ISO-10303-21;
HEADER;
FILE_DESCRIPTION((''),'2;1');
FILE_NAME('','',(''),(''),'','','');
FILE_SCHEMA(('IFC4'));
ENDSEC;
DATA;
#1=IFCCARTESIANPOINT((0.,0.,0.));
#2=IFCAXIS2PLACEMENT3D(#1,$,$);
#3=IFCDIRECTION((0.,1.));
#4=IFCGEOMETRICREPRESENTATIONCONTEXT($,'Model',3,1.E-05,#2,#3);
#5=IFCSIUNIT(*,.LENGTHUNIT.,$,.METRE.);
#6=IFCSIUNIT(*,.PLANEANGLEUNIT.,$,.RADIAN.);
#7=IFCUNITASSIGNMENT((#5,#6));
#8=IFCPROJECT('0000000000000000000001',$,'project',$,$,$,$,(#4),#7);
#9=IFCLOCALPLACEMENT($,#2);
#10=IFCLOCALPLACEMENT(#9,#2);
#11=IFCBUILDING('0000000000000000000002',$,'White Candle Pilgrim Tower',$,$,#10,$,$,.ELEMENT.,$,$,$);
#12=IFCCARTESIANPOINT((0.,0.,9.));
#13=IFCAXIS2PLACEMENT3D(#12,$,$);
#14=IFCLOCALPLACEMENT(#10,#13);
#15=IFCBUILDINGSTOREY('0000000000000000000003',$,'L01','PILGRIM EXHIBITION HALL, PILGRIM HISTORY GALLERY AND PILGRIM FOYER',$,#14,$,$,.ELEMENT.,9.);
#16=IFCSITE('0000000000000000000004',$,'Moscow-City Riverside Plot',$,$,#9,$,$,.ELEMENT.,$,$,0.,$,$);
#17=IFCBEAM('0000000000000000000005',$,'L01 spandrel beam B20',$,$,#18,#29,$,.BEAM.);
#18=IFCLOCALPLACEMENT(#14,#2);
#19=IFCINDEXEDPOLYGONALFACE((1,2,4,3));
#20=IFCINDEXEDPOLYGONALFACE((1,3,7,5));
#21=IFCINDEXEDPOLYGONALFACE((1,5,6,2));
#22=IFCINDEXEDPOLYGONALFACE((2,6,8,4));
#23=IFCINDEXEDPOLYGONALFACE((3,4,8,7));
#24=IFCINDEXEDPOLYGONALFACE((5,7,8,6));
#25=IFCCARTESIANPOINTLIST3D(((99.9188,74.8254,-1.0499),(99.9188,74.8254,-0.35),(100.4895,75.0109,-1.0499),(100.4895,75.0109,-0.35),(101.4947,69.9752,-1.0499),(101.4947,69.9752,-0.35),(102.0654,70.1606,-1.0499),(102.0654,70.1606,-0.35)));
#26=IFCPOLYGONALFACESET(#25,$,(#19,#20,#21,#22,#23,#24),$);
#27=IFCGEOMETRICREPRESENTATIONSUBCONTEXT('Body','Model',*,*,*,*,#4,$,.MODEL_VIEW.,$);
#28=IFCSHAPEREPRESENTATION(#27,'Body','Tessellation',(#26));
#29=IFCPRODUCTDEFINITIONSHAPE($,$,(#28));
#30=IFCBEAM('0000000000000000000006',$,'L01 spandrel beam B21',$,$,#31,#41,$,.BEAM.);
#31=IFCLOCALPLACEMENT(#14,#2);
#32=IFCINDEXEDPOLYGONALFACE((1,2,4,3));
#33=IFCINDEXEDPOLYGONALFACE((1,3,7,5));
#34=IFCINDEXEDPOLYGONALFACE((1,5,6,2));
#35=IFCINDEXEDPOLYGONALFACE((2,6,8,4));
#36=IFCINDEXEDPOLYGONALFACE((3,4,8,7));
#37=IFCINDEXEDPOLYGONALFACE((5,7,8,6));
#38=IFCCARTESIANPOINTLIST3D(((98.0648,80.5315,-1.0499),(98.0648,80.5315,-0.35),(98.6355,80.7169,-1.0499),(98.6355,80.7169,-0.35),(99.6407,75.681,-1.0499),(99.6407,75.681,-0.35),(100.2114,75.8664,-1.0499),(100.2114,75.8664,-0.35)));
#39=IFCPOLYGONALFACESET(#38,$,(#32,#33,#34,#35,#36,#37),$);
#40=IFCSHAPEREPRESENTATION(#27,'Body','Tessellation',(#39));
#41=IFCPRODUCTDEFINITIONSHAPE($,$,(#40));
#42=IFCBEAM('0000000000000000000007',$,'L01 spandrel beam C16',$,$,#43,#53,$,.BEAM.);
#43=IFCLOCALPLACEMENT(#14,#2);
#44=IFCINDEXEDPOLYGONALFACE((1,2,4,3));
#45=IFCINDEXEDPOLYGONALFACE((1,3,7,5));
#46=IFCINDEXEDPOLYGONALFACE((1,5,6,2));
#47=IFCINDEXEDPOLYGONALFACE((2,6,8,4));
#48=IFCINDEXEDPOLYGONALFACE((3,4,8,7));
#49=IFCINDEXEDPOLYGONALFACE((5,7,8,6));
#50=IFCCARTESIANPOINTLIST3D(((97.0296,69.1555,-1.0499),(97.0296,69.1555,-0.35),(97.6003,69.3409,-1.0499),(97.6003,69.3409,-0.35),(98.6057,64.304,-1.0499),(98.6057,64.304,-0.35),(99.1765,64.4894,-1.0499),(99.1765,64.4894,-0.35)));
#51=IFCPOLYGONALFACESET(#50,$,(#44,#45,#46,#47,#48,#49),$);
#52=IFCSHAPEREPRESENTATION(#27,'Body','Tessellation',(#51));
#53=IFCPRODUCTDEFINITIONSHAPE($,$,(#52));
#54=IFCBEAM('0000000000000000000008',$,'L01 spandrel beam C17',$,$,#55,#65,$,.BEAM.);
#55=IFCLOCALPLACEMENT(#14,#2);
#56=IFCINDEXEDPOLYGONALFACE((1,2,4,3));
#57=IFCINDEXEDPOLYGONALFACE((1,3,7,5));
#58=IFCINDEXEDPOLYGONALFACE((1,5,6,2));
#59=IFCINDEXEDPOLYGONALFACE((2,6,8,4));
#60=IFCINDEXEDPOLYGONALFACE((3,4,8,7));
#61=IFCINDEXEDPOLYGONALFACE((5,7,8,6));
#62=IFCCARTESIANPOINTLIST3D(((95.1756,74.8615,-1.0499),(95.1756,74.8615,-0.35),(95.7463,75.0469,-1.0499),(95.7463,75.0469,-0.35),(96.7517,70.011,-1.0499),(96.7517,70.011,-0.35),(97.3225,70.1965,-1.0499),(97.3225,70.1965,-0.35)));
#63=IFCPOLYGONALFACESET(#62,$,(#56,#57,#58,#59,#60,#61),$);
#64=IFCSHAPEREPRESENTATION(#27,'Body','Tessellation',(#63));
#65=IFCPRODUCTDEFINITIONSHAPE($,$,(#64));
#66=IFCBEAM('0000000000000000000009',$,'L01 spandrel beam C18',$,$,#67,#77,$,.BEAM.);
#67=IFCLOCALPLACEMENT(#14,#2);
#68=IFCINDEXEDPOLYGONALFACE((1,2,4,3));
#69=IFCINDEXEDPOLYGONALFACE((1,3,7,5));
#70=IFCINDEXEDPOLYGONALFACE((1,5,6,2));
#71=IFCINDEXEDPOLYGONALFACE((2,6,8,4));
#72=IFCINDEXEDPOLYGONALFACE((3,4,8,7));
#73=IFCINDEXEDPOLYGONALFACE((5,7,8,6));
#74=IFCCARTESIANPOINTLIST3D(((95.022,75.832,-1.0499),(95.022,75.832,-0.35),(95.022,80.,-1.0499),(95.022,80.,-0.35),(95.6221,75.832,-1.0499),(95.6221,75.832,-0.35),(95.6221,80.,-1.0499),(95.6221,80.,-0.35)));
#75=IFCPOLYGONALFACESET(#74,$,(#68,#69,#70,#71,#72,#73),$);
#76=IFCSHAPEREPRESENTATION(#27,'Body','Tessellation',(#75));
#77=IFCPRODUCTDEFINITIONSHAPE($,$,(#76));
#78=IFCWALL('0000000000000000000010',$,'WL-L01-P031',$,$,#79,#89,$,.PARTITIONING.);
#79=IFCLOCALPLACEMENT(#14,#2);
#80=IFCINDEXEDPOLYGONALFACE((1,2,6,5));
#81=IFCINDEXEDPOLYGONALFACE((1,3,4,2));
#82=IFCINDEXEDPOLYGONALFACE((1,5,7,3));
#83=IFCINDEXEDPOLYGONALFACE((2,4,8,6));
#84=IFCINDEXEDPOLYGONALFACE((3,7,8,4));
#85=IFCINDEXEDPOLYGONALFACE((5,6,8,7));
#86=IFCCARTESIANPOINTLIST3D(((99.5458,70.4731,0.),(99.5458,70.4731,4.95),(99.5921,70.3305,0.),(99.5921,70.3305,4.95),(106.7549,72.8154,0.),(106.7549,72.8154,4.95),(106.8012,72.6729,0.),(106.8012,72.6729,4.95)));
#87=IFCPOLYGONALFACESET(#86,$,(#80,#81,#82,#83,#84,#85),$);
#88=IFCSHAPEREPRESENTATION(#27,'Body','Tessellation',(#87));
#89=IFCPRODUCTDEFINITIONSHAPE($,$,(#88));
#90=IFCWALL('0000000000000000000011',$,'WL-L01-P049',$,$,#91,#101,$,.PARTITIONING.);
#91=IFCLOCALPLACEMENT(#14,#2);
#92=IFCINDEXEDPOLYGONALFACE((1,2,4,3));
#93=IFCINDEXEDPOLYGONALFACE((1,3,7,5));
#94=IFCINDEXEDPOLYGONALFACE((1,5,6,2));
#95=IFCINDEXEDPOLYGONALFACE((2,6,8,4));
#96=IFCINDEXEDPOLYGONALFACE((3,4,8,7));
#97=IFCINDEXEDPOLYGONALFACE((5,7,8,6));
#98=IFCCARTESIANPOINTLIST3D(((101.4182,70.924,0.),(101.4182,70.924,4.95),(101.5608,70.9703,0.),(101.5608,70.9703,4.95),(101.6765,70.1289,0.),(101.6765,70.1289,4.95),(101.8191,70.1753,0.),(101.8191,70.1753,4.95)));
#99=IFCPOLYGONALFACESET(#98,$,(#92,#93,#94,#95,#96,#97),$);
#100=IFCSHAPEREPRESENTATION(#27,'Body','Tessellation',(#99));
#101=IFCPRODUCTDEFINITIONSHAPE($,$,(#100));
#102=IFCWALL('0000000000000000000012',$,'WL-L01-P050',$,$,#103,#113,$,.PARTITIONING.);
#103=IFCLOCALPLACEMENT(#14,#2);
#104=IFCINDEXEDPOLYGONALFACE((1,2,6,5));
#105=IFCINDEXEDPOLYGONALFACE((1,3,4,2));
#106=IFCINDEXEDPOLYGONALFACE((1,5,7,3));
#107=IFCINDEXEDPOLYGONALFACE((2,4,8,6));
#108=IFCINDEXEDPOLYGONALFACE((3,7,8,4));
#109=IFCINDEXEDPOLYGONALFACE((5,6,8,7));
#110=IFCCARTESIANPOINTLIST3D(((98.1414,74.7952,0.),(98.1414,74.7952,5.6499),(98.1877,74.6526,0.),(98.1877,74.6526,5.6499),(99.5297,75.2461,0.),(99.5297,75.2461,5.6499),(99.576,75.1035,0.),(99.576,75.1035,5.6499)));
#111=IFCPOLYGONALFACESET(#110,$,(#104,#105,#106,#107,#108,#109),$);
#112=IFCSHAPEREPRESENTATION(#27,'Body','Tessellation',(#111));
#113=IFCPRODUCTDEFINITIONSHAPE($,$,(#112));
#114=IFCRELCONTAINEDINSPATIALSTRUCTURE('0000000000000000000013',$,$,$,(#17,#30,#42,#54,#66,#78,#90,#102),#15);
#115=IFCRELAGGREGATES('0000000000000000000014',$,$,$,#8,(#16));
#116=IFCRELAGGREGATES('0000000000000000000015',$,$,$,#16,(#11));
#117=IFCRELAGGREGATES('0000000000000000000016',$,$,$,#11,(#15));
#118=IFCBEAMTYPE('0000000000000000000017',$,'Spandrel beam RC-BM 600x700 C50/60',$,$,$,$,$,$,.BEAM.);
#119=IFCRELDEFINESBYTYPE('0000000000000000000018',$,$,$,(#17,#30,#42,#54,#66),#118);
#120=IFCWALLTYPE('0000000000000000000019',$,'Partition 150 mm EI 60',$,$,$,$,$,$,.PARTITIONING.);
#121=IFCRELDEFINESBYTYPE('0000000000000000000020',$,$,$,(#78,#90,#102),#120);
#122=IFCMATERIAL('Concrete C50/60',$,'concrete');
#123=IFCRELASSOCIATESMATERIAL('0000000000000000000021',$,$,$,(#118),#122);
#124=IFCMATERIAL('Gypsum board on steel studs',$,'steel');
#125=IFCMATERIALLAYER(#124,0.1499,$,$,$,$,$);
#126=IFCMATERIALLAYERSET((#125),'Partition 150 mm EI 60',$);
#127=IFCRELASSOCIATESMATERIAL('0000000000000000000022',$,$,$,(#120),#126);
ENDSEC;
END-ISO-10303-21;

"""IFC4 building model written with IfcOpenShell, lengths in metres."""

from ifc_helpers import new_model, si_unit, direction, frame, frame_2d, origin, origin_2d, place, context, subcontext, project, spatial, rectangle, extrude, material, layer, layer_set, material_profile, profile_set, type_object, element, save


model = new_model("IFC4")

# Units and contexts
model_context = context("Model", 3, precision=1e-05, world=origin(), true_north=direction((0.0, 1.0)))
body_context = subcontext(model_context, "Body", "Model", "MODEL_VIEW")
ifc_project = project(units=[si_unit("LENGTHUNIT", "METRE"), si_unit("PLANEANGLEUNIT", "RADIAN")], contexts=[model_context])

# Site, building, storey
site_placement = place(None, origin())
site = spatial("IfcSite", under=ifc_project, at=site_placement, Name="Moscow-City Riverside Plot", CompositionType="ELEMENT", RefElevation=0.0)
building_placement = place(site_placement, origin())
building = spatial("IfcBuilding", under=site, at=building_placement, Name="White Candle Pilgrim Tower", CompositionType="ELEMENT")
storey_placement = place(building_placement, frame((0.0, 0.0, 9.0)))
storey = spatial("IfcBuildingStorey", under=building, at=storey_placement, Name="L01", Description="PILGRIM EXHIBITION HALL, PILGRIM HISTORY GALLERY AND PILGRIM FOYER", CompositionType="ELEMENT", Elevation=9.0)

# Beams
ifc_material_1 = material(Name="Concrete C50/60", Category="concrete")
ifc_material_profile_1 = material_profile(ifc_material_1, rectangle(XDim=0.6001, YDim=0.7, at=origin_2d()), Name="RC-BM 600x700")
ifc_profile_set_1 = profile_set([ifc_material_profile_1], Name="Concrete C50/60")
beam_type = type_object("IfcBeamType", Name="Spandrel beam RC-BM 600x700 C50/60", PredefinedType="BEAM", material=ifc_profile_set_1)
beam_1_placement = place(storey_placement, frame((101.78, 70.0679, -0.7), z_axis=(-0.309009, 0.951059, 0.0), x_axis=(-0.951059, -0.309009, 0.0)))
element("IfcBeam", 1, at=beam_1_placement, inside=storey, type_object=beam_type, Name="L01 spandrel beam B20", PredefinedType="BEAM", context=body_context, shape_type="SweptSolid", body=[
    extrude(rectangle(XDim=0.6001, YDim=0.7, at=origin_2d()), origin(), (0.0, 0.0, 1.0), 5.0999),
])
beam_2_placement = place(storey_placement, frame((99.926, 75.7737, -0.7), z_axis=(-0.308995, 0.951064, 0.0), x_axis=(-0.951064, -0.308995, 0.0)))
element("IfcBeam", 2, at=beam_2_placement, inside=storey, type_object=beam_type, Name="L01 spandrel beam B21", PredefinedType="BEAM", context=body_context, shape_type="SweptSolid", body=[
    extrude(rectangle(XDim=0.6001, YDim=0.7, at=origin_2d()), origin(), (0.0, 0.0, 1.0), 5.1001),
])
beam_3_placement = place(storey_placement, frame((98.8911, 64.3967, -0.7), z_axis=(-0.308982, 0.951068, 0.0), x_axis=(-0.951068, -0.308982, 0.0)))
element("IfcBeam", 3, at=beam_3_placement, inside=storey, type_object=beam_type, Name="L01 spandrel beam C16", PredefinedType="BEAM", context=body_context, shape_type="SweptSolid", body=[
    extrude(rectangle(XDim=0.6001, YDim=0.7, at=origin_2d()), origin(), (0.0, 0.0, 1.0), 5.1011),
])
beam_4_placement = place(storey_placement, frame((97.0371, 70.1038, -0.7), z_axis=(-0.309053, 0.951045, 0.0), x_axis=(-0.951045, -0.309053, 0.0)))
element("IfcBeam", 4, at=beam_4_placement, inside=storey, type_object=beam_type, Name="L01 spandrel beam C17", PredefinedType="BEAM", context=body_context, shape_type="SweptSolid", body=[
    extrude(rectangle(XDim=0.6001, YDim=0.7, at=origin_2d()), origin(), (0.0, 0.0, 1.0), 5.1001),
])
beam_5_placement = place(storey_placement, frame((95.322, 75.832, -0.7), z_axis=(0.0, 1.0, 0.0), x_axis=(-1.0, 0.0, 0.0)))
element("IfcBeam", 5, at=beam_5_placement, inside=storey, type_object=beam_type, Name="L01 spandrel beam C18", PredefinedType="BEAM", context=body_context, shape_type="SweptSolid", body=[
    extrude(rectangle(XDim=0.6001, YDim=0.7, at=origin_2d()), origin(), (0.0, 0.0, 1.0), 4.168),
])

# Walls
ifc_material_2 = material(Name="Gypsum board on steel studs", Category="steel")
ifc_layer = layer(ifc_material_2, 0.1499)
ifc_layer_set = layer_set([ifc_layer], Name="Partition 150 mm EI 60")
wall_type = type_object("IfcWallType", Name="Partition 150 mm EI 60", PredefinedType="PARTITIONING", material=ifc_layer_set)
wall_1_placement = place(storey_placement, frame((106.7781, 72.7441, 0.0), z_axis=(0.0, 0.0, 1.0), x_axis=(-0.951059, -0.30901, 0.0)))
element("IfcWall", 6, at=wall_1_placement, inside=storey, type_object=wall_type, Name="WL-L01-P031", PredefinedType="PARTITIONING", context=body_context, shape_type="SweptSolid", body=[
    extrude(rectangle(XDim=7.5801, YDim=0.1499, at=frame_2d((3.79, 0.0))), origin(), (0.0, 0.0, 1.0), 4.95),
])
wall_2_placement = place(storey_placement, frame((101.7478, 70.1521, 0.0), z_axis=(0.0, 0.0, 1.0), x_axis=(-0.309033, 0.951051, 0.0)))
element("IfcWall", 7, at=wall_2_placement, inside=storey, type_object=wall_type, Name="WL-L01-P049", PredefinedType="PARTITIONING", context=body_context, shape_type="SweptSolid", body=[
    extrude(rectangle(XDim=0.8359, YDim=0.1499, at=frame_2d((0.418, 0.0))), origin(), (0.0, 0.0, 1.0), 4.95),
])
wall_3_placement = place(storey_placement, frame((99.553, 75.1748, 0.0), z_axis=(0.0, 0.0, 1.0), x_axis=(-0.951097, -0.308893, 0.0)))
element("IfcWall", 8, at=wall_3_placement, inside=storey, type_object=wall_type, Name="WL-L01-P050", PredefinedType="PARTITIONING", context=body_context, shape_type="SweptSolid", body=[
    extrude(rectangle(XDim=1.4597, YDim=0.1499, at=frame_2d((0.73, 0.0))), origin(), (0.0, 0.0, 1.0), 5.6499),
])

save(model, "model.ifc")
